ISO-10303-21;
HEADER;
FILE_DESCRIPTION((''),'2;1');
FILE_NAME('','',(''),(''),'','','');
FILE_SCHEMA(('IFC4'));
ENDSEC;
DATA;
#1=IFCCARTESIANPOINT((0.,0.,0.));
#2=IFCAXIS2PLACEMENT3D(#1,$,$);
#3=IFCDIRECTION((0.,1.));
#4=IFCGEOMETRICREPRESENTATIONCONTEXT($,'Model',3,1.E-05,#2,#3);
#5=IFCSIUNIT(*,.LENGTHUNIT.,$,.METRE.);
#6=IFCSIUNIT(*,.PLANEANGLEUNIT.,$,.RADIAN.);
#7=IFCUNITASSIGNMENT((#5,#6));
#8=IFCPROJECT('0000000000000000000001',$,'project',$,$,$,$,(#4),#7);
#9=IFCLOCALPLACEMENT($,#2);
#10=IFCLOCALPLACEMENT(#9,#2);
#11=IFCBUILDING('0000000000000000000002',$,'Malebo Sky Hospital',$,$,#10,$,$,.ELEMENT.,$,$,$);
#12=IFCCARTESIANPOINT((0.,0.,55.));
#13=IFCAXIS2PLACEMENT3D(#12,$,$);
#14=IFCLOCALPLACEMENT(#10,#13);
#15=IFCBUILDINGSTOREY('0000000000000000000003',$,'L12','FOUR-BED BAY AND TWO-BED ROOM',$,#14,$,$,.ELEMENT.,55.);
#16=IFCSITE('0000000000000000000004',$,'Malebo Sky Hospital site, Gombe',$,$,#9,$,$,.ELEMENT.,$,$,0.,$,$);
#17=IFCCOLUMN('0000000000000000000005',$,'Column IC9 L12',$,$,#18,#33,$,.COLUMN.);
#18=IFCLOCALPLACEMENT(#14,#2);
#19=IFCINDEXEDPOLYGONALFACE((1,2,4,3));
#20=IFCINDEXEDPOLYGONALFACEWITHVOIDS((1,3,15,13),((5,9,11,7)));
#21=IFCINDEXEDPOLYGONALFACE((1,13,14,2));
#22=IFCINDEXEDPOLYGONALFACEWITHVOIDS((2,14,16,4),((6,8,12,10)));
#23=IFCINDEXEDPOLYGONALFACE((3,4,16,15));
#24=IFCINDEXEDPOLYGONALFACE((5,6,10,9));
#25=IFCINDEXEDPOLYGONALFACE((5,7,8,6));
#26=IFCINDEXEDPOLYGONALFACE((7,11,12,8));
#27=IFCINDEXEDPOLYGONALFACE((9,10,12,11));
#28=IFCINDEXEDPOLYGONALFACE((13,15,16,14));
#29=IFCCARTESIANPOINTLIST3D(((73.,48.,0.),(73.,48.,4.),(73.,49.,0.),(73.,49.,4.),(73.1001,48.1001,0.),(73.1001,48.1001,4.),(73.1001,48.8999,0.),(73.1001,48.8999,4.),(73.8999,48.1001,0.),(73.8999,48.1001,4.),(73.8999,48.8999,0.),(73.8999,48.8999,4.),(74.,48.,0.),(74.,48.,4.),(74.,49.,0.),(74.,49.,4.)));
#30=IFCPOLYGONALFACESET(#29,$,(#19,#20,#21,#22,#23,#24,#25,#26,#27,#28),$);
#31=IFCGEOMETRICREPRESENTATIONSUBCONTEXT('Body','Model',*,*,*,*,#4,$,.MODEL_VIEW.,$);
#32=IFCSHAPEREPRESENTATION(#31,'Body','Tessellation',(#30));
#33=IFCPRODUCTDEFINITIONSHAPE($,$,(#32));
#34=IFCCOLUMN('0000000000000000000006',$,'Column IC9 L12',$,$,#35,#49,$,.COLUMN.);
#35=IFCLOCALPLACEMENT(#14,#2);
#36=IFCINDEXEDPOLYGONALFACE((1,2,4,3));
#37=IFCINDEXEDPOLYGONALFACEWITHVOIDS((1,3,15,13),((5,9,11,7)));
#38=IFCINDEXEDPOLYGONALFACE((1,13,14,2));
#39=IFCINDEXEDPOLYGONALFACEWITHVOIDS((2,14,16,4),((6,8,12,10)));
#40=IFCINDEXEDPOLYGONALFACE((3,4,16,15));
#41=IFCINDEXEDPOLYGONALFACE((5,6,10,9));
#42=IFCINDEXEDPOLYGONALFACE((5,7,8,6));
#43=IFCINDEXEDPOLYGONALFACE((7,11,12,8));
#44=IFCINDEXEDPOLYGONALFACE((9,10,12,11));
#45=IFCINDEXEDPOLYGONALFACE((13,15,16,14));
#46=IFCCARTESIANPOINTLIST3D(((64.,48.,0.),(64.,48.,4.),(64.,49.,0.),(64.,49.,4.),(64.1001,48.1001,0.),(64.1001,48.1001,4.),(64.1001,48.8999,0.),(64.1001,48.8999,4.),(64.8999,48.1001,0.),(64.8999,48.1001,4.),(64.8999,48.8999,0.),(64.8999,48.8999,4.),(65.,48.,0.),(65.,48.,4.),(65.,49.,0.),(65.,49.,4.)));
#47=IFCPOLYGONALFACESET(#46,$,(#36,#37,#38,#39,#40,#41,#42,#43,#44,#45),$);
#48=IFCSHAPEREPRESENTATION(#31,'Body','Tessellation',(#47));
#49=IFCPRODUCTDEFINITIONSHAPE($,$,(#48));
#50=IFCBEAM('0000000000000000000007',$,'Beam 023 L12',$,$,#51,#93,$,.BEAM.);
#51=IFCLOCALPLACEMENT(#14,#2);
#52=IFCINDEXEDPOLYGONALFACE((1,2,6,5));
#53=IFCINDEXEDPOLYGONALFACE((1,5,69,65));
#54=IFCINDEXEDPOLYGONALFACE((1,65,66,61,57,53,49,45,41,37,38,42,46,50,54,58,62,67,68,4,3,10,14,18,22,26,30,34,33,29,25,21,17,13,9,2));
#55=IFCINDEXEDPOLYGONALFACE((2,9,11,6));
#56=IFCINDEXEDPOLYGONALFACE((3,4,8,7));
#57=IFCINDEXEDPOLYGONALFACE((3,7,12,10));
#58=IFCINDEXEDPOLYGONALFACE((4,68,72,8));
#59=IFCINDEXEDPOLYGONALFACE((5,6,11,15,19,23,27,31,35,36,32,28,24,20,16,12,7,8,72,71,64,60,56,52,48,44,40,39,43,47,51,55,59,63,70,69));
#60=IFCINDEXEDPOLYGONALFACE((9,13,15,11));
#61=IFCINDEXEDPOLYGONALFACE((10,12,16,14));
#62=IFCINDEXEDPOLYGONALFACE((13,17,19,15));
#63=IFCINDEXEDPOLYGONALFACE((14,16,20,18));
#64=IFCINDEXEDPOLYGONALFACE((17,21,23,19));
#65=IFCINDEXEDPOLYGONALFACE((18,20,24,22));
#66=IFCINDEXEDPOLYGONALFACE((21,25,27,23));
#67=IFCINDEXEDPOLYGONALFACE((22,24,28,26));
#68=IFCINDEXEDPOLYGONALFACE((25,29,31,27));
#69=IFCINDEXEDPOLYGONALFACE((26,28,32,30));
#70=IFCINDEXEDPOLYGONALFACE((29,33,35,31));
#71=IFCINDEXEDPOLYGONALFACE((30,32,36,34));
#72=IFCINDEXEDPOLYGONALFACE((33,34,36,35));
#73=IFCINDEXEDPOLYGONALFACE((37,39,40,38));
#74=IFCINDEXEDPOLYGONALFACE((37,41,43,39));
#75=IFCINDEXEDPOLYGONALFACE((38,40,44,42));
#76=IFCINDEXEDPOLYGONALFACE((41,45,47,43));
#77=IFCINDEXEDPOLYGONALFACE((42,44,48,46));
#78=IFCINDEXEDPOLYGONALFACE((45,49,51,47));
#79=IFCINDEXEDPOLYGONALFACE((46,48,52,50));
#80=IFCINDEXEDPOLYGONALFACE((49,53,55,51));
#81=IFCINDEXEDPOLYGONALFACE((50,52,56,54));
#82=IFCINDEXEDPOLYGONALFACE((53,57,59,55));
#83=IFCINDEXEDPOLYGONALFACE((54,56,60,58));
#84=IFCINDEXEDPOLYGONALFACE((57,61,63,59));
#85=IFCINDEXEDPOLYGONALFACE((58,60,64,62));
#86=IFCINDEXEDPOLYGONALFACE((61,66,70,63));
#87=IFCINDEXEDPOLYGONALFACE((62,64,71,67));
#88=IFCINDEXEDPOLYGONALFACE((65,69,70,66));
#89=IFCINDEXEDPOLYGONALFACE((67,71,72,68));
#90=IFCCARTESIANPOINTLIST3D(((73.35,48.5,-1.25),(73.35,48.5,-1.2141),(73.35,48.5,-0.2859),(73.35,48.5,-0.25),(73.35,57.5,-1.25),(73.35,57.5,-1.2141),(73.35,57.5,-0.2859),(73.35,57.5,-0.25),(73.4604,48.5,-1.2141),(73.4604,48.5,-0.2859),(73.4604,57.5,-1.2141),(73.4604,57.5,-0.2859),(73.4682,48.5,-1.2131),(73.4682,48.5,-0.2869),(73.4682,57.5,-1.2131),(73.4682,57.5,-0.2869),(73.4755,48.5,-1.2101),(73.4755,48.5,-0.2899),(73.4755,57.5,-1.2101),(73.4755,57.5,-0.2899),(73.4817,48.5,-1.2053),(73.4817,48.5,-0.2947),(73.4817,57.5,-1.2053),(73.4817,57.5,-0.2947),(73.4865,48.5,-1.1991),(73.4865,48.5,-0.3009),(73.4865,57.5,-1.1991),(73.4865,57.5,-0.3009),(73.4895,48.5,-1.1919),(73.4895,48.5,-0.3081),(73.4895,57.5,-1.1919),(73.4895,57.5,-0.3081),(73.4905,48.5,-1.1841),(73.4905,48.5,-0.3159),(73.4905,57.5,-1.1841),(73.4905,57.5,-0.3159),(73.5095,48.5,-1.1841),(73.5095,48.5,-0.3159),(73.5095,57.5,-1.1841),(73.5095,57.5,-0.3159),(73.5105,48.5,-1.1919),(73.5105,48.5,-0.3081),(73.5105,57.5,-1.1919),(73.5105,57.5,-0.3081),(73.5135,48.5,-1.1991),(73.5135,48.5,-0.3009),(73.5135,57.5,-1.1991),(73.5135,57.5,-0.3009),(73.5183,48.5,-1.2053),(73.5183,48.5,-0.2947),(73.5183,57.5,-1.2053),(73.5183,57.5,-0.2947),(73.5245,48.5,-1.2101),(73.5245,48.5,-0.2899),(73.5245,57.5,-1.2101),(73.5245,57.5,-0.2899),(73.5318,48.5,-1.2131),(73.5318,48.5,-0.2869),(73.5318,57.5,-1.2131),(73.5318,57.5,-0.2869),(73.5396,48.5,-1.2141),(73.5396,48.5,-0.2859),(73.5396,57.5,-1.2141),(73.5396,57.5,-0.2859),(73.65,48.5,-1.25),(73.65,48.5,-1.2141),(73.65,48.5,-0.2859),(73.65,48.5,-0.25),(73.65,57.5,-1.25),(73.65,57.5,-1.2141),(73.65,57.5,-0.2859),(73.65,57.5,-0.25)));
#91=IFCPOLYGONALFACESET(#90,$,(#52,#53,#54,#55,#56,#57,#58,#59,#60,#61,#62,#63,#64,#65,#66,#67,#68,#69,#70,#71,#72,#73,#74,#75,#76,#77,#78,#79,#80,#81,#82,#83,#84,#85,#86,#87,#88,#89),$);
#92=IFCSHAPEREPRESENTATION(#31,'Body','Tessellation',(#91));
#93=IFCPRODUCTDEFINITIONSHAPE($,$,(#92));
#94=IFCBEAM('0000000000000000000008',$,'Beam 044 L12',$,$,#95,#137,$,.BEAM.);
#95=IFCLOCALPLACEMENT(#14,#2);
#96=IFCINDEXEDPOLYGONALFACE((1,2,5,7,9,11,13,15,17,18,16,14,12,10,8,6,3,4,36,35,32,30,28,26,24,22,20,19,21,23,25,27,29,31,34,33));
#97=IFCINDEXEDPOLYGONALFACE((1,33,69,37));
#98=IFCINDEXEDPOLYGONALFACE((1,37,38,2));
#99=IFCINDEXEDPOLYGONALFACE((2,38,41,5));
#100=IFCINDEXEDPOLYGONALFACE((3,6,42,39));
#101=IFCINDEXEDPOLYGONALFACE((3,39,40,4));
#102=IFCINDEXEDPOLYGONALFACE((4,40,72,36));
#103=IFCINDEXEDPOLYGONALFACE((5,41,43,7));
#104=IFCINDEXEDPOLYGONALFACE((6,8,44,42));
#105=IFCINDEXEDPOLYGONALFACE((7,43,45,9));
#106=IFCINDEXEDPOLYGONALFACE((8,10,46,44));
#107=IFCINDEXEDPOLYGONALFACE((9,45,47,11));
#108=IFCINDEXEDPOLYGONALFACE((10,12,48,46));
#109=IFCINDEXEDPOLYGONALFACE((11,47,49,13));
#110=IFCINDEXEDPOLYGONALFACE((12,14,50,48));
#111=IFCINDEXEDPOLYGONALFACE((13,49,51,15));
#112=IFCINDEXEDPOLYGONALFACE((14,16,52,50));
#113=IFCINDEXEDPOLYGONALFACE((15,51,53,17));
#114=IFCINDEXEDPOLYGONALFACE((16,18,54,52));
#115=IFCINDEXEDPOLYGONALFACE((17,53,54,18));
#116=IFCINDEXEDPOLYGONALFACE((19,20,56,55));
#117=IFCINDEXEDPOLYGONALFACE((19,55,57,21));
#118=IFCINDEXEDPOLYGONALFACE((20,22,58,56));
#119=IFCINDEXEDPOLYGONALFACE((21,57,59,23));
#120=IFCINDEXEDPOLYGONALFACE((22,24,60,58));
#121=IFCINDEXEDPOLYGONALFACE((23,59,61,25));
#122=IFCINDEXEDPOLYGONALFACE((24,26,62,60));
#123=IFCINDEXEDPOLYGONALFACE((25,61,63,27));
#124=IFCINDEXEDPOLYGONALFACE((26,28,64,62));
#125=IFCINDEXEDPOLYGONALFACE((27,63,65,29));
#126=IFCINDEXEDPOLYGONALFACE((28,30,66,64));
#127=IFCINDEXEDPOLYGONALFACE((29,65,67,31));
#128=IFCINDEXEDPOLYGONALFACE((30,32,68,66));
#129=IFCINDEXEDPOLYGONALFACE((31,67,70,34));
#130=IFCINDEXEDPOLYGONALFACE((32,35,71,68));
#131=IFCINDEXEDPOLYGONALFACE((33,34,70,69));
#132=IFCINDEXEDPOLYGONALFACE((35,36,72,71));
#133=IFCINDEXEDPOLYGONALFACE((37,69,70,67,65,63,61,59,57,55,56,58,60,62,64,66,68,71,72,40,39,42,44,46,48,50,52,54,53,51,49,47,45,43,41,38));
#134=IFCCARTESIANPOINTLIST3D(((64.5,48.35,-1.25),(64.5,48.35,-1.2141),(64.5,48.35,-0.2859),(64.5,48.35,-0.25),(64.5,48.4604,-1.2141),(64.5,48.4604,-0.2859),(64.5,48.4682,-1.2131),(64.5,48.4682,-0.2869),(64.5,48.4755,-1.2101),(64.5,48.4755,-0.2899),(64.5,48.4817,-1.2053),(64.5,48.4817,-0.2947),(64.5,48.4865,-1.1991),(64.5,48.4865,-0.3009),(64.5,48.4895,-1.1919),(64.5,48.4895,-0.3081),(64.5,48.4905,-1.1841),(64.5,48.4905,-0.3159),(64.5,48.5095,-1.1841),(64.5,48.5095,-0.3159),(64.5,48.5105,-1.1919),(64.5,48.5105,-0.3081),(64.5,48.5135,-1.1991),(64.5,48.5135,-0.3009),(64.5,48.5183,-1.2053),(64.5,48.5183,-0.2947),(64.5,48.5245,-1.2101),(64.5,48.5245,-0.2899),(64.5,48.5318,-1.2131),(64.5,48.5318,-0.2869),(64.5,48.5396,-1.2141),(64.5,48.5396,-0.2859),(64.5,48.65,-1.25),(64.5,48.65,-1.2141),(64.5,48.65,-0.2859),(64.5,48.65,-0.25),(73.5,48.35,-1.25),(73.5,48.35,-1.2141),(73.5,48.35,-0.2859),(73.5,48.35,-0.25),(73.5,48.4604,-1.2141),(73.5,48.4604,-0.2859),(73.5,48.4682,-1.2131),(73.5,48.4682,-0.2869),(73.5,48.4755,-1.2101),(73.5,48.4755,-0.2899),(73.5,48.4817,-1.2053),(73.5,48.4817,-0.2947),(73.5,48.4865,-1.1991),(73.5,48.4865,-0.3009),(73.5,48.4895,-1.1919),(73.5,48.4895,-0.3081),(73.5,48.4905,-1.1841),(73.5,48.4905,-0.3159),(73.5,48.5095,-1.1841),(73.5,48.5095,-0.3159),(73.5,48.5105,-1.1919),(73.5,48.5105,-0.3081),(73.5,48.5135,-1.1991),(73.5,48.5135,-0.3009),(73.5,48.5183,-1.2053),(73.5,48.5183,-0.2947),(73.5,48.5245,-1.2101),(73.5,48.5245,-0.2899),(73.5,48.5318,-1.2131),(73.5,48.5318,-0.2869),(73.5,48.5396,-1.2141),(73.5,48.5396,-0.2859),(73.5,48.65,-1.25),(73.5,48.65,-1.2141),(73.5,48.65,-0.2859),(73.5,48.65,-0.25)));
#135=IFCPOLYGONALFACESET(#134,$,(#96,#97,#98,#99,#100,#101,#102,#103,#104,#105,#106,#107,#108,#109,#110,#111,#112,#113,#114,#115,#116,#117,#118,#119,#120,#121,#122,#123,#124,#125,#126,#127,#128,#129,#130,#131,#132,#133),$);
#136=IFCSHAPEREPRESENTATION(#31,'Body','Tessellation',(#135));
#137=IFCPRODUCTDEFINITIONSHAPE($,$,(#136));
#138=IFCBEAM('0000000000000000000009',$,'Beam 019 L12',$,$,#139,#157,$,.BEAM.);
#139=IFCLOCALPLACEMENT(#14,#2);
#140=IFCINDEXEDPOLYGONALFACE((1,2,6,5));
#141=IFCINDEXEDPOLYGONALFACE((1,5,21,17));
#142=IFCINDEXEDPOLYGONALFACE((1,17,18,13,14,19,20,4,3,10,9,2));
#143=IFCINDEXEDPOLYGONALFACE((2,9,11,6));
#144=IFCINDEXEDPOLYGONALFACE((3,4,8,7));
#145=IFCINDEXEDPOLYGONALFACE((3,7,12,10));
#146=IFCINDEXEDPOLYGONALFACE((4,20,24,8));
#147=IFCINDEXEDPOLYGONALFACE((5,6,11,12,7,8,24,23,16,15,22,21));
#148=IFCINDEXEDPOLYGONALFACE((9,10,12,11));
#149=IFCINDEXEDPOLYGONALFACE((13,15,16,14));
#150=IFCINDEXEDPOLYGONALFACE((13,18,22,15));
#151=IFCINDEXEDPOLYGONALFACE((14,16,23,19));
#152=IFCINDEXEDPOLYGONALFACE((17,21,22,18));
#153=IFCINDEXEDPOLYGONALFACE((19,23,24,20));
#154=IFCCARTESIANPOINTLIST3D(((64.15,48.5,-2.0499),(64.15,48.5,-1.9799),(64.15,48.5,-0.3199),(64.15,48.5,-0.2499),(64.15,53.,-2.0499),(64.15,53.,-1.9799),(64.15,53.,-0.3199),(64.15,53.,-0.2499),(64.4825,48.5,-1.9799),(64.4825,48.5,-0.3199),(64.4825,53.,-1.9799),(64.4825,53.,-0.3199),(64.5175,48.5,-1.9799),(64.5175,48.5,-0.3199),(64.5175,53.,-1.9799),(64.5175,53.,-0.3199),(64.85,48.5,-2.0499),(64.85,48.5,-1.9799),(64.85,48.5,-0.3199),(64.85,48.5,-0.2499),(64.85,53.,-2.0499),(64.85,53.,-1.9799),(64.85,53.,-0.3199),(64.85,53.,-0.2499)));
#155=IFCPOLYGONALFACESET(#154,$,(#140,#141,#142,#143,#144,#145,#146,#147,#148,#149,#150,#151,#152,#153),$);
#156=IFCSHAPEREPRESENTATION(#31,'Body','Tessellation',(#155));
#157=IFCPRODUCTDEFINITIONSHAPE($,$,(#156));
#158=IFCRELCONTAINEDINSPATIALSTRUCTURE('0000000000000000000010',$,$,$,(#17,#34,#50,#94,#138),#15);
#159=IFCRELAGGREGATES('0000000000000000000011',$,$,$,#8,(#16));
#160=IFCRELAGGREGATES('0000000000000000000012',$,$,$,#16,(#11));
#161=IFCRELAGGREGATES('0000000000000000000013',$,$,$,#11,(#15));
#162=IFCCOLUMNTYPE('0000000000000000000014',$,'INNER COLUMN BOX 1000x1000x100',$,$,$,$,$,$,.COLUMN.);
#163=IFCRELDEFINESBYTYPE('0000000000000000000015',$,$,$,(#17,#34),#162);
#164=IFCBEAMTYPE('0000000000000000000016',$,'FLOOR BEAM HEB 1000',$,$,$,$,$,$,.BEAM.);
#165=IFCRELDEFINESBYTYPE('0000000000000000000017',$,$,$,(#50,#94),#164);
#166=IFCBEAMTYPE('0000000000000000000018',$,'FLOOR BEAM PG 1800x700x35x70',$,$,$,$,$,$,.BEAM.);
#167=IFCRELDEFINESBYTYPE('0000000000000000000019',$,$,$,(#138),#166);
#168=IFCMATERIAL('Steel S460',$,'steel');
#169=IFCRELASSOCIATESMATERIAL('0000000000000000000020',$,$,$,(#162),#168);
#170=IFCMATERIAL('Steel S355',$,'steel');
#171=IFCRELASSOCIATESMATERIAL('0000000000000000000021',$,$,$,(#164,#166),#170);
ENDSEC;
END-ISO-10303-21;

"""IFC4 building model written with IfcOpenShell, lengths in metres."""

from ifc_helpers import new_model, si_unit, direction, frame, origin, origin_2d, place, context, subcontext, project, spatial, hollow_rectangle, i_section, extrude, material, material_profile, profile_set, type_object, element, save


model = new_model("IFC4")

# Units and contexts
model_context = context("Model", 3, precision=1e-05, world=origin(), true_north=direction((0.0, 1.0)))
body_context = subcontext(model_context, "Body", "Model", "MODEL_VIEW")
ifc_project = project(units=[si_unit("LENGTHUNIT", "METRE"), si_unit("PLANEANGLEUNIT", "RADIAN")], contexts=[model_context])

# Site, building, storey
site_placement = place(None, origin())
site = spatial("IfcSite", under=ifc_project, at=site_placement, Name="Malebo Sky Hospital site, Gombe", CompositionType="ELEMENT", RefElevation=0.0)
building_placement = place(site_placement, origin())
building = spatial("IfcBuilding", under=site, at=building_placement, Name="Malebo Sky Hospital", CompositionType="ELEMENT")
storey_placement = place(building_placement, frame((0.0, 0.0, 55.0)))
storey = spatial("IfcBuildingStorey", under=building, at=storey_placement, Name="L12", Description="FOUR-BED BAY AND TWO-BED ROOM", CompositionType="ELEMENT", Elevation=55.0)

# Columns
ifc_material_1 = material(Name="Steel S460", Category="steel")
ifc_material_profile_1 = material_profile(ifc_material_1, hollow_rectangle(XDim=1.0, YDim=1.0, WallThickness=0.1001, at=origin_2d()), Name="BOX 1000x1000x100")
ifc_profile_set_1 = profile_set([ifc_material_profile_1], Name="Steel S460")
column_type = type_object("IfcColumnType", Name="INNER COLUMN BOX 1000x1000x100", PredefinedType="COLUMN", material=ifc_profile_set_1)
for number, where, z_axis, x_axis, name in (
    (1, (73.5, 48.5, 0.0), (0.0, 0.0, 1.0), (1.0, 0.0, 0.0), "Column IC9 L12"),
    (2, (64.5, 48.5, 0.0), (0.0, 0.0, 1.0), (1.0, 0.0, 0.0), "Column IC9 L12"),
):
    element("IfcColumn", number, at=place(storey_placement, frame(where, z_axis=z_axis, x_axis=x_axis)), inside=storey, type_object=column_type, Name=name, PredefinedType="COLUMN", context=body_context, shape_type="SweptSolid", body=[
        extrude(hollow_rectangle(XDim=1.0, YDim=1.0, WallThickness=0.1001, at=origin_2d()), origin(), (0.0, 0.0, 1.0), 4.0),
    ])

# Beams
ifc_material_2 = material(Name="Steel S355", Category="steel")
ifc_material_profile_2 = material_profile(ifc_material_2, i_section(OverallWidth=0.3, OverallDepth=1.0, WebThickness=0.019, FlangeThickness=0.0359, FilletRadius=0.03, at=origin_2d()), Name="HEB 1000")
ifc_profile_set_2 = profile_set([ifc_material_profile_2], Name="Steel S355")
beam_type_1 = type_object("IfcBeamType", Name="FLOOR BEAM HEB 1000", PredefinedType="BEAM", material=ifc_profile_set_2)
for number, where, z_axis, x_axis, name in (
    (3, (73.5, 48.5, -0.75), (0.0, 1.0, 0.0), (-1.0, 0.0, 0.0), "Beam 023 L12"),
    (4, (64.5, 48.5, -0.75), (1.0, 0.0, 0.0), (0.0, 1.0, 0.0), "Beam 044 L12"),
):
    element("IfcBeam", number, at=place(storey_placement, frame(where, z_axis=z_axis, x_axis=x_axis)), inside=storey, type_object=beam_type_1, Name=name, PredefinedType="BEAM", context=body_context, shape_type="SweptSolid", body=[
        extrude(i_section(OverallWidth=0.3, OverallDepth=1.0, WebThickness=0.019, FlangeThickness=0.0359, FilletRadius=0.03, at=origin_2d()), origin(), (0.0, 0.0, 1.0), 9.0),
    ])
ifc_material_profile_3 = material_profile(ifc_material_2, i_section(OverallWidth=0.7, OverallDepth=1.8, WebThickness=0.0349, FlangeThickness=0.0701, at=origin_2d()), Name="PG 1800x700x35x70")
ifc_profile_set_3 = profile_set([ifc_material_profile_3], Name="Steel S355")
beam_type_2 = type_object("IfcBeamType", Name="FLOOR BEAM PG 1800x700x35x70", PredefinedType="BEAM", material=ifc_profile_set_3)
beam_1_placement = place(storey_placement, frame((64.5, 48.5, -1.1499), z_axis=(0.0, 1.0, 0.0), x_axis=(-1.0, 0.0, 0.0)))
element("IfcBeam", 5, at=beam_1_placement, inside=storey, type_object=beam_type_2, Name="Beam 019 L12", PredefinedType="BEAM", context=body_context, shape_type="SweptSolid", body=[
    extrude(i_section(OverallWidth=0.7, OverallDepth=1.8, WebThickness=0.0349, FlangeThickness=0.0701, at=origin_2d()), origin(), (0.0, 0.0, 1.0), 4.5),
])

save(model, "model.ifc")
